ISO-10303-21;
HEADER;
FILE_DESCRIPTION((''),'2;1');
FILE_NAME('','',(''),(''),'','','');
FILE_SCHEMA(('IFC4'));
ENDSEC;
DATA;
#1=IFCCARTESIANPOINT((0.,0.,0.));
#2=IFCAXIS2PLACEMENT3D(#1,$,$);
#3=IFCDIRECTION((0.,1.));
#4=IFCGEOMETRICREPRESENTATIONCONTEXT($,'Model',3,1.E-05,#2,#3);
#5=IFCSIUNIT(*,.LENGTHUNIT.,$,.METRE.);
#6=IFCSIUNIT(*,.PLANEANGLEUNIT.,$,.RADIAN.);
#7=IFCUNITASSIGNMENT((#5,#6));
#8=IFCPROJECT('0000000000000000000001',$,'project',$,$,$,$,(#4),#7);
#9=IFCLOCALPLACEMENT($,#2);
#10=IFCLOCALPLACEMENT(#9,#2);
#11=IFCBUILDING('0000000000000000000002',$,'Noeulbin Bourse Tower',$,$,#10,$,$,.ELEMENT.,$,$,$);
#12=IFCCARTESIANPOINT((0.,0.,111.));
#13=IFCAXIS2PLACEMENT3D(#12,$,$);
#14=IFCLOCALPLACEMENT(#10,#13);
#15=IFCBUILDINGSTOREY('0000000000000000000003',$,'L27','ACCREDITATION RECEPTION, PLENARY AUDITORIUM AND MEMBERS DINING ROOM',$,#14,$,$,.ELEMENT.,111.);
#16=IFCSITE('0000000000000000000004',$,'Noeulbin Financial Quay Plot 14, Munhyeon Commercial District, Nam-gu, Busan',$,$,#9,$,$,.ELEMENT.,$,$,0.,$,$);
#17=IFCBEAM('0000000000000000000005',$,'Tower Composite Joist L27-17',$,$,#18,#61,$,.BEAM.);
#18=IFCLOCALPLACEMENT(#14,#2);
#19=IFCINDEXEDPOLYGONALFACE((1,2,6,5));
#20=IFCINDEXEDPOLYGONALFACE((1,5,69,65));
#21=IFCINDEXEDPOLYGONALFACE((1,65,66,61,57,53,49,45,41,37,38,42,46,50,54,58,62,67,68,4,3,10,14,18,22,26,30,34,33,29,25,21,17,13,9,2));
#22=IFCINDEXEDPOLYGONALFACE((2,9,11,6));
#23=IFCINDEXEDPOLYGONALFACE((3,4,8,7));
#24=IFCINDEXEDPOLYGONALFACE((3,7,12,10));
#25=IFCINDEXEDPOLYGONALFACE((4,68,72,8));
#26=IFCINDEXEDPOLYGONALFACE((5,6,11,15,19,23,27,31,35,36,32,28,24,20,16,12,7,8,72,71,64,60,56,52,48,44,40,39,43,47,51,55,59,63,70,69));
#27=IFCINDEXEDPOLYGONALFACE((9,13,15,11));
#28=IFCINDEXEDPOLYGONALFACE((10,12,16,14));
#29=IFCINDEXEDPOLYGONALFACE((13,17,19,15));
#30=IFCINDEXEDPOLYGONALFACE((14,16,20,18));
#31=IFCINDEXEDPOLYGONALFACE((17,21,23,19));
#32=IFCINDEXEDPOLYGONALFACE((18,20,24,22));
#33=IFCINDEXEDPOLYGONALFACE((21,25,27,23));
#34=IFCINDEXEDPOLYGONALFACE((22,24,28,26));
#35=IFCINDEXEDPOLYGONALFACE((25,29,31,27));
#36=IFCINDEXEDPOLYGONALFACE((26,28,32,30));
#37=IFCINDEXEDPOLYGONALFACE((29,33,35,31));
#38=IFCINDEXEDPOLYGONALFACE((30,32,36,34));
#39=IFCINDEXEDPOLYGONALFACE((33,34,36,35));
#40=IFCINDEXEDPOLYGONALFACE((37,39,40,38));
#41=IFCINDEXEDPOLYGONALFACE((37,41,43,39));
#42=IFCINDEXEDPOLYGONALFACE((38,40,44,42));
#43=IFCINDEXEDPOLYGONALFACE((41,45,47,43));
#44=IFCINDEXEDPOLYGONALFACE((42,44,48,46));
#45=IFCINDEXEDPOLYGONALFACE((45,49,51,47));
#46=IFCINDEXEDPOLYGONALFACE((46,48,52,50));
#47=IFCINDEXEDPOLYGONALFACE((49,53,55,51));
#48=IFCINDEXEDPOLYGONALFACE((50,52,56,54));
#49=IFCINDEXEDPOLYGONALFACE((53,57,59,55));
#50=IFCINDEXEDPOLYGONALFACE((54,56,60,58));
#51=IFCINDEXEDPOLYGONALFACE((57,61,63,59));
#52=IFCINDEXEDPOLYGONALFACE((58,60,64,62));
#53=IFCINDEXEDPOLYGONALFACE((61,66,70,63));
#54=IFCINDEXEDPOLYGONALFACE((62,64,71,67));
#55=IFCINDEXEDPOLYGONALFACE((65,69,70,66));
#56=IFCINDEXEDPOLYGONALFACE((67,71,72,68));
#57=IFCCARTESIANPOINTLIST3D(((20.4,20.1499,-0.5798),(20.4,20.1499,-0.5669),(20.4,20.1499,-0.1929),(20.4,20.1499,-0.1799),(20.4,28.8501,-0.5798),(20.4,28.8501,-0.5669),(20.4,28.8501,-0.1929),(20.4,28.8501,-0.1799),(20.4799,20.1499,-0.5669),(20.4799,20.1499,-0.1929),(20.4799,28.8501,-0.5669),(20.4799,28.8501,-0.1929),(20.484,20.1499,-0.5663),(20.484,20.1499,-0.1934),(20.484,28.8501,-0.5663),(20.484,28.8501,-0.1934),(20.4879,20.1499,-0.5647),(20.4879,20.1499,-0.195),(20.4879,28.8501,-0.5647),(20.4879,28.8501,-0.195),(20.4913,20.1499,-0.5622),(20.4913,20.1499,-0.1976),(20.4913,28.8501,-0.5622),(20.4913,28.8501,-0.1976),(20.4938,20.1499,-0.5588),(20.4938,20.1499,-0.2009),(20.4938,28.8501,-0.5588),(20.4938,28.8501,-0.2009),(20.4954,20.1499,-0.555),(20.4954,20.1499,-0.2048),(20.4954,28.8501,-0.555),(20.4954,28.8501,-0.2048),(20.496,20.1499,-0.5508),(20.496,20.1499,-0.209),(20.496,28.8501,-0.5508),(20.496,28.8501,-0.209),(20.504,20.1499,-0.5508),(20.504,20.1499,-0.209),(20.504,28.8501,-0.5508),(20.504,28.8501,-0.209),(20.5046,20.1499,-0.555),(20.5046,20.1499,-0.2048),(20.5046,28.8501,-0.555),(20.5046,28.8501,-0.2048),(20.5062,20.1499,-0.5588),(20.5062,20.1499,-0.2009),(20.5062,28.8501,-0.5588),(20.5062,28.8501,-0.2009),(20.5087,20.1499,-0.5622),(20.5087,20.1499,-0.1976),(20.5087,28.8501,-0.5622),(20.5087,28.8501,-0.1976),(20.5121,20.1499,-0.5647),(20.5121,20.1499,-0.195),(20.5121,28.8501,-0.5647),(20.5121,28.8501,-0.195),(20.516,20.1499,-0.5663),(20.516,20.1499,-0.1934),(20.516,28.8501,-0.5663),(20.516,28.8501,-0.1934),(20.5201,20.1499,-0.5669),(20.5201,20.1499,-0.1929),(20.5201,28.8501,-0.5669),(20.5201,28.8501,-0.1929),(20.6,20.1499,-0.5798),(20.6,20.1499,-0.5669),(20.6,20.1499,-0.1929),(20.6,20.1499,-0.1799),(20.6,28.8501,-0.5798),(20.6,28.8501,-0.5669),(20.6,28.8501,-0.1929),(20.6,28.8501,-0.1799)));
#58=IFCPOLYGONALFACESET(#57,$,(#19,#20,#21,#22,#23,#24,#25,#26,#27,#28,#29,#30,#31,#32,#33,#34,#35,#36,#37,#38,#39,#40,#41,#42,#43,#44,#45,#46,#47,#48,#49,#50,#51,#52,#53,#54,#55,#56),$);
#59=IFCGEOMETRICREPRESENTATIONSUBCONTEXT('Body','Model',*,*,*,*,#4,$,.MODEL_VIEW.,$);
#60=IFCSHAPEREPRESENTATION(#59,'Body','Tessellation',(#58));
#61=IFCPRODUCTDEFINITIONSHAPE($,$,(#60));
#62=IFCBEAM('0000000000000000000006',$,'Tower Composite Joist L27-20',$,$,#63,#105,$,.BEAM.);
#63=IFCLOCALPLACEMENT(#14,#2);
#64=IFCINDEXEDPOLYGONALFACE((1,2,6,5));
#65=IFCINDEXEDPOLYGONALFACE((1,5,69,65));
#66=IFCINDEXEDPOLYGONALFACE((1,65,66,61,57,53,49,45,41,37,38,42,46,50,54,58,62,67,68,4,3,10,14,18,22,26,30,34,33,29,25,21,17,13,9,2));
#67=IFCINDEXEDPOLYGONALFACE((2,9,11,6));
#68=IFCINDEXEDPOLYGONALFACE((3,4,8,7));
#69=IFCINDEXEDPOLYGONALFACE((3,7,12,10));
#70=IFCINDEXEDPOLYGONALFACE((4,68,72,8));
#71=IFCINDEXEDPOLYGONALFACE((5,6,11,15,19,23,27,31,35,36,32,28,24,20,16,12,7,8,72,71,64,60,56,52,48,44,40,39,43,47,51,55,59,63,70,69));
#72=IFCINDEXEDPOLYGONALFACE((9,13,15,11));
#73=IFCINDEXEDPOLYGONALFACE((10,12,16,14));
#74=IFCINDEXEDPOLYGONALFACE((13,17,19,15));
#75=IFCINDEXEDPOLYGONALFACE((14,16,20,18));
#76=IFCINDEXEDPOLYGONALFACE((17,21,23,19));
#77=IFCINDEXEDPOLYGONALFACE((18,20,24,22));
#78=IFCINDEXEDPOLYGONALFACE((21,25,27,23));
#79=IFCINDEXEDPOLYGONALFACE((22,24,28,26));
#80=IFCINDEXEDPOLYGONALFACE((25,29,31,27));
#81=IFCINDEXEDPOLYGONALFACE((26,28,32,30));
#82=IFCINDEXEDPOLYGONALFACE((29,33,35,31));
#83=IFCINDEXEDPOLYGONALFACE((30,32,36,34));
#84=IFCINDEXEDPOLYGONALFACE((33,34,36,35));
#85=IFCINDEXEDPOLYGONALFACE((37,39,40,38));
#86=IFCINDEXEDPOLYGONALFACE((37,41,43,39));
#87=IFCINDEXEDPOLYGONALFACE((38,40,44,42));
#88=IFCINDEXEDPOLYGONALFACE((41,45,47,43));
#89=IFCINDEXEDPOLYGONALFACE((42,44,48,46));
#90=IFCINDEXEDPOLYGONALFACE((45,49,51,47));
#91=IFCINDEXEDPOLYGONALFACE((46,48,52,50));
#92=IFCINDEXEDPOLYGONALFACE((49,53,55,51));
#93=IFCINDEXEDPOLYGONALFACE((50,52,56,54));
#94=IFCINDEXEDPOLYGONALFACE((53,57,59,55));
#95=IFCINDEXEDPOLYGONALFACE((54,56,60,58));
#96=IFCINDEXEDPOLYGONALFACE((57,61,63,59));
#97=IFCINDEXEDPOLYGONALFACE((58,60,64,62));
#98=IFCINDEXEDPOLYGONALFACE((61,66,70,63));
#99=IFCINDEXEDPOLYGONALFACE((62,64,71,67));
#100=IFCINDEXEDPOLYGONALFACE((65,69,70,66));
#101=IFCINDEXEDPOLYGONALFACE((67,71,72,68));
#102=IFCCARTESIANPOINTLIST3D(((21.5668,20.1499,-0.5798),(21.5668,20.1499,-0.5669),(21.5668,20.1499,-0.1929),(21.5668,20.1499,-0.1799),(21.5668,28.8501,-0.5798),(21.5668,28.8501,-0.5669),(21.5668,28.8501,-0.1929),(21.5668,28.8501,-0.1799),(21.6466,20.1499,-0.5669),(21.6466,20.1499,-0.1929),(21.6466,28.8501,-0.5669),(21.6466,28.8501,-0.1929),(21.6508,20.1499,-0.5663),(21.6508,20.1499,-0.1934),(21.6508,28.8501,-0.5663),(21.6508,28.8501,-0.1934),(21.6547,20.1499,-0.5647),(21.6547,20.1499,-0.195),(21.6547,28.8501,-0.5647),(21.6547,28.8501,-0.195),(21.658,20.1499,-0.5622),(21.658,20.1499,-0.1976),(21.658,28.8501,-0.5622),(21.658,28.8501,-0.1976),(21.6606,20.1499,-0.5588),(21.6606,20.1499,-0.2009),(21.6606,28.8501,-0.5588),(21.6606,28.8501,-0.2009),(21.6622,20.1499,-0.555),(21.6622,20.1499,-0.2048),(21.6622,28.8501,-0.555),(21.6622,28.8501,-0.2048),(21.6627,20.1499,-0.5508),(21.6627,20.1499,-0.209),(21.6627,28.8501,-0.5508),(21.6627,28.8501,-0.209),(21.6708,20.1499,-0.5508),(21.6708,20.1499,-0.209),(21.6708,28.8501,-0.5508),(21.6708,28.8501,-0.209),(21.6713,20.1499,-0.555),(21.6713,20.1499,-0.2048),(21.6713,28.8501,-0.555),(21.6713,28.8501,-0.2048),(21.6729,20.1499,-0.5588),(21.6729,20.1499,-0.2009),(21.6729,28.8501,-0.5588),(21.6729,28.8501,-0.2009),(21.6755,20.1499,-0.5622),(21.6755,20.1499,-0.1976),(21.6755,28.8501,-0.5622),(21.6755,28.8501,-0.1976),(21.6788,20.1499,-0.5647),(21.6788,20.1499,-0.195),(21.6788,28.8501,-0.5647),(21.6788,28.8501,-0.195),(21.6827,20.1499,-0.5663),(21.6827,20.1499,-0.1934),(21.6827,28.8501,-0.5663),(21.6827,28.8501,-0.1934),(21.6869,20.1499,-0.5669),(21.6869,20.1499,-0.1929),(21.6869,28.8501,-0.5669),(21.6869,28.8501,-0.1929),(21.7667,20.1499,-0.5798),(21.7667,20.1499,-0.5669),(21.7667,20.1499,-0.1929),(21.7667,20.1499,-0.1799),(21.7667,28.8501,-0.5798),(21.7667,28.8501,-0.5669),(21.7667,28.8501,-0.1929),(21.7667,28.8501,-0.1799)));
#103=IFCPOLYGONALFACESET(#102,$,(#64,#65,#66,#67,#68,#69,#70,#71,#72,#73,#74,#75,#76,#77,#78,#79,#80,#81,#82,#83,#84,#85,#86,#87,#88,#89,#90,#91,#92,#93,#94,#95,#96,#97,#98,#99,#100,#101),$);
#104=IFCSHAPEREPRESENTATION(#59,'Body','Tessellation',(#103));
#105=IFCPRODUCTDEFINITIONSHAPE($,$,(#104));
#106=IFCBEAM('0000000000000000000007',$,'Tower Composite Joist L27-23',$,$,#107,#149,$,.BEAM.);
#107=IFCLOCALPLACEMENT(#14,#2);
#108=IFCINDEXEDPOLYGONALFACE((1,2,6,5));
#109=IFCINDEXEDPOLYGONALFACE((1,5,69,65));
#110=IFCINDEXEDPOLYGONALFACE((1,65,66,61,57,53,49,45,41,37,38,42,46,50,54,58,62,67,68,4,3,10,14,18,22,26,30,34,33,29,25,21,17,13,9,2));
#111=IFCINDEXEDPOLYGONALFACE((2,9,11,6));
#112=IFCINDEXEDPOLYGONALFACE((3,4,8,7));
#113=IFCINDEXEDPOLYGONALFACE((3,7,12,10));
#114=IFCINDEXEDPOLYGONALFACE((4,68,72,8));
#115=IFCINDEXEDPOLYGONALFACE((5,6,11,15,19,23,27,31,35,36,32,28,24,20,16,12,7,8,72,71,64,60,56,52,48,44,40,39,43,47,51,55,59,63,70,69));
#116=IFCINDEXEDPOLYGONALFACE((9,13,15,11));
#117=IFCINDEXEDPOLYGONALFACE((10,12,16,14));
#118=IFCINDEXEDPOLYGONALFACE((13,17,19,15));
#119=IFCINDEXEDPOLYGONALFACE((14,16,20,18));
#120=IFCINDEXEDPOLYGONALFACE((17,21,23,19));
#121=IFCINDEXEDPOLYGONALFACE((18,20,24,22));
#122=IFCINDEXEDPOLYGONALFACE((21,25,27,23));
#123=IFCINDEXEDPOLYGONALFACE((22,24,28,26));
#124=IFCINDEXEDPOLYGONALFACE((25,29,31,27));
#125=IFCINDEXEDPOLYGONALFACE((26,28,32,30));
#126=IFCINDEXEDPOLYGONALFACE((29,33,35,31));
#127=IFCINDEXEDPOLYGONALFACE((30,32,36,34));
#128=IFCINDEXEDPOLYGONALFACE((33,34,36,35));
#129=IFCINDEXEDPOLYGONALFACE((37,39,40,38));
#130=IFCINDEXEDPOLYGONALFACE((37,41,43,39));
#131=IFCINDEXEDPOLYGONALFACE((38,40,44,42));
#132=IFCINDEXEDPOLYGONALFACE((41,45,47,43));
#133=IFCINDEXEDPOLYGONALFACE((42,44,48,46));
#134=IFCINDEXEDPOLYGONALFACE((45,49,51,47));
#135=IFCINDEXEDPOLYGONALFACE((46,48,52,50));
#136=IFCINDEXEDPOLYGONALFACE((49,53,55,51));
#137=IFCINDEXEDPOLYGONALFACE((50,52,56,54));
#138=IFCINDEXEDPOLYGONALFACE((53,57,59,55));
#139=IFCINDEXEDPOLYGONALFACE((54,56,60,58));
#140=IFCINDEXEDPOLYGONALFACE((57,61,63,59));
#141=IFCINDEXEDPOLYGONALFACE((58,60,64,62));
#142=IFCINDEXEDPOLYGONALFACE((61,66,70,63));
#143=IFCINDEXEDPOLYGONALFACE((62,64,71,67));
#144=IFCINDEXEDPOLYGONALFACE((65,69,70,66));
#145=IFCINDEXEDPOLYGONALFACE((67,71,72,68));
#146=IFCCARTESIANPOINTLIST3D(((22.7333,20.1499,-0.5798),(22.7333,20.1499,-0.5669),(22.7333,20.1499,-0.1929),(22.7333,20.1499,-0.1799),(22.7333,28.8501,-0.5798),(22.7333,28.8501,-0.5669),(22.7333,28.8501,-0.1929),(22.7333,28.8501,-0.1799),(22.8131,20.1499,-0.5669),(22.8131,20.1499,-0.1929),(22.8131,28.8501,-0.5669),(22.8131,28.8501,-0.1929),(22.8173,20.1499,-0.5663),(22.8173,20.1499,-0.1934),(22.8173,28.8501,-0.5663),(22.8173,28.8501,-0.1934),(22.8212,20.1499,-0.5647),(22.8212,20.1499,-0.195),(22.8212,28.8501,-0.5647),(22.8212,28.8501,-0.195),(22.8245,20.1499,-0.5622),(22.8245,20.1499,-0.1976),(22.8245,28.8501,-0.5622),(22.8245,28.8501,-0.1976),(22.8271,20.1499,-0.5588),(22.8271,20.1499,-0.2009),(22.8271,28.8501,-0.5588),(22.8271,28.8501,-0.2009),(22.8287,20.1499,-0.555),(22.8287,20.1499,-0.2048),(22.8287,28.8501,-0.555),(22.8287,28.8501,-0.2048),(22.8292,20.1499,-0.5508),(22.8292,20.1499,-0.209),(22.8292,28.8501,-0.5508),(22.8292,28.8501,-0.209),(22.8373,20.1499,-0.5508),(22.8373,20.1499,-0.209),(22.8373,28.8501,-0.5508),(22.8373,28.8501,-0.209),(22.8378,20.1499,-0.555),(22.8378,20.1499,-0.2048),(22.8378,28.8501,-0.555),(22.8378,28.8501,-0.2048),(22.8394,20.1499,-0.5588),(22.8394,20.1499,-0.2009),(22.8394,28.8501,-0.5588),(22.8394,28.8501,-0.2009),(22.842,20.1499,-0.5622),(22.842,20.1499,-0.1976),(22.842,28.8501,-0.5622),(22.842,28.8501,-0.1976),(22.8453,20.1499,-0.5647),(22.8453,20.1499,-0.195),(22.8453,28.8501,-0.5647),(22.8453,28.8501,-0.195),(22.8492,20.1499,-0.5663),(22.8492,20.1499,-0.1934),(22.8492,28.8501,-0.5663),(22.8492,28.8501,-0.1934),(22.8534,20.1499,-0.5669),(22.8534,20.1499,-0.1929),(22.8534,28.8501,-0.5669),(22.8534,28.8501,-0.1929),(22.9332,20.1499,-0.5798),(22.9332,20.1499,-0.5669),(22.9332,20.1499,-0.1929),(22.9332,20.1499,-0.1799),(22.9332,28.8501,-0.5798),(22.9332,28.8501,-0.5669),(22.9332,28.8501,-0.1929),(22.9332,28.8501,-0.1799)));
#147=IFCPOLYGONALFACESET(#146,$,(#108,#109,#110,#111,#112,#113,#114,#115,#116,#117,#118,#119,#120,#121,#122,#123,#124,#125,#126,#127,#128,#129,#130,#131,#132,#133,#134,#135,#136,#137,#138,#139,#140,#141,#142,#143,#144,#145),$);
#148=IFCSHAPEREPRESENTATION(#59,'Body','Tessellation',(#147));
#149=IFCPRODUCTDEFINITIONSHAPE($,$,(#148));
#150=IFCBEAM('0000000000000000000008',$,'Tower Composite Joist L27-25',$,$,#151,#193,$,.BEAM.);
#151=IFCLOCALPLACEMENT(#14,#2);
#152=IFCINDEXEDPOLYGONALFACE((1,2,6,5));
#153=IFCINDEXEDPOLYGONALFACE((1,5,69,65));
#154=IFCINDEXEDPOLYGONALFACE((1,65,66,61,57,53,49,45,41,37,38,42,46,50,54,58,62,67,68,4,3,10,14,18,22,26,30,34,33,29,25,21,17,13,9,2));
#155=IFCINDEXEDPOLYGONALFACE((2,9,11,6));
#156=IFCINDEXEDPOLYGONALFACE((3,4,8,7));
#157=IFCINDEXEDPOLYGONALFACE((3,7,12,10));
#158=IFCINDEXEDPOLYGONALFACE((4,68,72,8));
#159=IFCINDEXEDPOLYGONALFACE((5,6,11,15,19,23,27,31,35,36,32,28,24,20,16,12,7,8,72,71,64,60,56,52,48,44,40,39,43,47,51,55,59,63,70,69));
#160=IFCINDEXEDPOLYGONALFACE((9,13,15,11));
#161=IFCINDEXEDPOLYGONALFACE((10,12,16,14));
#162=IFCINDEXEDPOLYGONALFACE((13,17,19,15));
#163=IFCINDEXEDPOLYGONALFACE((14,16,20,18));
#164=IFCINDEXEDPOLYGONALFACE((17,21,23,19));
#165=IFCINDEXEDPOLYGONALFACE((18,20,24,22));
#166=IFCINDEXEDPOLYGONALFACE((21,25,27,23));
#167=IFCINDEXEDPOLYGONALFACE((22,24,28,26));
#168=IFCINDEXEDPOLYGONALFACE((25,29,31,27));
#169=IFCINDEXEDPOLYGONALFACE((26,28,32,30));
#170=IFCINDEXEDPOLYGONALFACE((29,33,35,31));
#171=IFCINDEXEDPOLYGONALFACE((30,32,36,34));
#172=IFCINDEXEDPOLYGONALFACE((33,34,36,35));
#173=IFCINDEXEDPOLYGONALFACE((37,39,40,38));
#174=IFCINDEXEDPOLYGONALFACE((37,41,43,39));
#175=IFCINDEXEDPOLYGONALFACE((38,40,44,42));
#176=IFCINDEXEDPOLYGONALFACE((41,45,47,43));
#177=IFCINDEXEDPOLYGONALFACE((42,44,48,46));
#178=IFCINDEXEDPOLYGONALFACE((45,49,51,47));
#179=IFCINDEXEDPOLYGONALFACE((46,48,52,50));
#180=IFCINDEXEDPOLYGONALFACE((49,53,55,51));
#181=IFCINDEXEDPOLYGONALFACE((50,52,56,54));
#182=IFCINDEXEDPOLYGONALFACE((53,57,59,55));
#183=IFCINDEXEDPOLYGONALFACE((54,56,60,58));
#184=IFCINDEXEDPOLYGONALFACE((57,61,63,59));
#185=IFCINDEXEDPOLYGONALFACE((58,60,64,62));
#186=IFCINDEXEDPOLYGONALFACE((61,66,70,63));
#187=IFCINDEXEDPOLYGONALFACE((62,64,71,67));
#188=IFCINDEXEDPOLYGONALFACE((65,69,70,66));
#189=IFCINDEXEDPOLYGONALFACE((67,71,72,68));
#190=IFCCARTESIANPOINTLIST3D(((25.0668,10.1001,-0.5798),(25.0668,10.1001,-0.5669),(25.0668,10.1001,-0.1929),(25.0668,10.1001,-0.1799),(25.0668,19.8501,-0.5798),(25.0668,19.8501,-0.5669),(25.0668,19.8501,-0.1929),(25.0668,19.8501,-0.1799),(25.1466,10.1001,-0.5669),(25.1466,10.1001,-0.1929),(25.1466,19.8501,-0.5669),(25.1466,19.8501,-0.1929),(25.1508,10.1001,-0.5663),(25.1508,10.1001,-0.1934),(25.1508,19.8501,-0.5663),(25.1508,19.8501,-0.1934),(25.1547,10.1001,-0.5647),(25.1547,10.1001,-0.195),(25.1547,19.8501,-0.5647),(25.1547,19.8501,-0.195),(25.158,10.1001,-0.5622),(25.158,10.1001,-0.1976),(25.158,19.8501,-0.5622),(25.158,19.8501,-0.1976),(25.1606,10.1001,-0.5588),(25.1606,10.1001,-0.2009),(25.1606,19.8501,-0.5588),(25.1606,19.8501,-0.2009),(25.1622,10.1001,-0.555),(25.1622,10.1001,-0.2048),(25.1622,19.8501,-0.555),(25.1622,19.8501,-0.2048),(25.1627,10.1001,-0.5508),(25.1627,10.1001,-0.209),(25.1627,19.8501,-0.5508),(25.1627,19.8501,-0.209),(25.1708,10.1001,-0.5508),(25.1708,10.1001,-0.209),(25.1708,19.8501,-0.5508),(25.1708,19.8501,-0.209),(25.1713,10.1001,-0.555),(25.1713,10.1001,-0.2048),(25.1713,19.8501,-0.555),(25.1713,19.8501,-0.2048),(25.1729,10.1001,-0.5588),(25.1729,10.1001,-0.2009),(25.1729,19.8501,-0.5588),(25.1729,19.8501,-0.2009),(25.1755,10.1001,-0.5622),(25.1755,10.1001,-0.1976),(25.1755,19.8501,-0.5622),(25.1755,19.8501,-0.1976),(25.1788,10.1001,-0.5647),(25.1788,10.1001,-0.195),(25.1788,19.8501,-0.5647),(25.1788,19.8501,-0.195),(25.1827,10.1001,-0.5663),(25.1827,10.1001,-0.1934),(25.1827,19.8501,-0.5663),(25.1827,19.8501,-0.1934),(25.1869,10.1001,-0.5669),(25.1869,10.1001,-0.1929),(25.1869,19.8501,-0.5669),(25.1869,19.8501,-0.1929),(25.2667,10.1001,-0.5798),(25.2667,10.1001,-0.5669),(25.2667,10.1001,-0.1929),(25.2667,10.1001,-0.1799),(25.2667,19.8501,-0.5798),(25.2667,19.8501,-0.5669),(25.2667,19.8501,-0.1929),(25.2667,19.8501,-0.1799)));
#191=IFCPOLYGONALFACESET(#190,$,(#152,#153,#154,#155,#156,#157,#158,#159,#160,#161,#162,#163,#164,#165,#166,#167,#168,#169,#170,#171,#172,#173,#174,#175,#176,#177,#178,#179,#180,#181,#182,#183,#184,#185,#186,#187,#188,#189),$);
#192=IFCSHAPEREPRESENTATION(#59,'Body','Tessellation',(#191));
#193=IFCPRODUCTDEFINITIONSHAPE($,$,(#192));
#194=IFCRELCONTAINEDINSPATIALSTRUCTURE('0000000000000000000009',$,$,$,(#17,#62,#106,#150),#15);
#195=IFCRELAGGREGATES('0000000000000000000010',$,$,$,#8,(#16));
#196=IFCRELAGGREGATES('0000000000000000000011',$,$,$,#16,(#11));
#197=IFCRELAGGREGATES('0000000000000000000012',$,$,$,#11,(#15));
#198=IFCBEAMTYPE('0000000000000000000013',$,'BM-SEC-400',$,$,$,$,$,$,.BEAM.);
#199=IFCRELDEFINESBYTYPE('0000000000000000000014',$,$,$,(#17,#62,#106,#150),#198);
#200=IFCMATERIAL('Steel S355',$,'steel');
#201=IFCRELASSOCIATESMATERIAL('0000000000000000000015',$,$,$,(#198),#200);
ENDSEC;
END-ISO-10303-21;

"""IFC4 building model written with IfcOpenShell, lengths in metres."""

from ifc_helpers import new_model, si_unit, direction, frame, origin, origin_2d, place, context, subcontext, project, spatial, i_section, extrude, material, material_profile, profile_set, type_object, element, save


model = new_model("IFC4")

# Units and contexts
model_context = context("Model", 3, precision=1e-05, world=origin(), true_north=direction((0.0, 1.0)))
body_context = subcontext(model_context, "Body", "Model", "MODEL_VIEW")
ifc_project = project(units=[si_unit("LENGTHUNIT", "METRE"), si_unit("PLANEANGLEUNIT", "RADIAN")], contexts=[model_context])

# Site, building, storey
site_placement = place(None, origin())
site = spatial("IfcSite", under=ifc_project, at=site_placement, Name="Noeulbin Financial Quay Plot 14, Munhyeon Commercial District, Nam-gu, Busan", CompositionType="ELEMENT", RefElevation=0.0)
building_placement = place(site_placement, origin())
building = spatial("IfcBuilding", under=site, at=building_placement, Name="Noeulbin Bourse Tower", CompositionType="ELEMENT")
storey_placement = place(building_placement, frame((0.0, 0.0, 111.0)))
storey = spatial("IfcBuildingStorey", under=building, at=storey_placement, Name="L27", Description="ACCREDITATION RECEPTION, PLENARY AUDITORIUM AND MEMBERS DINING ROOM", CompositionType="ELEMENT", Elevation=111.0)

# Beams
ifc_material_1 = material(Name="Steel S355", Category="steel")
ifc_material_profile_1 = material_profile(ifc_material_1, i_section(OverallWidth=0.2, OverallDepth=0.3999, WebThickness=0.0081, FlangeThickness=0.0129, FilletRadius=0.0161, at=origin_2d()), Name="H-400x200x8x13", Category="LoadBearing")
ifc_profile_set_1 = profile_set([ifc_material_profile_1], Name="Steel S355")
beam_type_1 = type_object("IfcBeamType", Name="BM-SEC-400", PredefinedType="BEAM", material=ifc_profile_set_1)
for number, where, z_axis, x_axis, name in (
    (1, (20.5, 20.1499, -0.3799), (0.0, 1.0, 0.0), (-1.0, 0.0, 0.0), "Tower Composite Joist L27-17"),
    (2, (21.6667, 20.1499, -0.3799), (0.0, 1.0, 0.0), (-1.0, 0.0, 0.0), "Tower Composite Joist L27-20"),
    (3, (22.8333, 20.1499, -0.3799), (0.0, 1.0, 0.0), (-1.0, 0.0, 0.0), "Tower Composite Joist L27-23"),
):
    element("IfcBeam", number, at=place(storey_placement, frame(where, z_axis=z_axis, x_axis=x_axis)), inside=storey, type_object=beam_type_1, Name=name, PredefinedType="BEAM", context=body_context, shape_type="SweptSolid", body=[
        extrude(i_section(OverallWidth=0.2, OverallDepth=0.3999, WebThickness=0.0081, FlangeThickness=0.0129, FilletRadius=0.0161, at=origin_2d()), origin(), (0.0, 0.0, 1.0), 8.7002),
    ])
beam_1_placement = place(storey_placement, frame((25.1667, 10.1001, -0.3799), z_axis=(0.0, 1.0, 0.0), x_axis=(-1.0, 0.0, 0.0)))
element("IfcBeam", 4, at=beam_1_placement, inside=storey, type_object=beam_type_1, Name="Tower Composite Joist L27-25", PredefinedType="BEAM", context=body_context, shape_type="SweptSolid", body=[
    extrude(i_section(OverallWidth=0.2, OverallDepth=0.3999, WebThickness=0.0081, FlangeThickness=0.0129, FilletRadius=0.0161, at=origin_2d()), origin(), (0.0, 0.0, 1.0), 9.75),
])

save(model, "model.ifc")
